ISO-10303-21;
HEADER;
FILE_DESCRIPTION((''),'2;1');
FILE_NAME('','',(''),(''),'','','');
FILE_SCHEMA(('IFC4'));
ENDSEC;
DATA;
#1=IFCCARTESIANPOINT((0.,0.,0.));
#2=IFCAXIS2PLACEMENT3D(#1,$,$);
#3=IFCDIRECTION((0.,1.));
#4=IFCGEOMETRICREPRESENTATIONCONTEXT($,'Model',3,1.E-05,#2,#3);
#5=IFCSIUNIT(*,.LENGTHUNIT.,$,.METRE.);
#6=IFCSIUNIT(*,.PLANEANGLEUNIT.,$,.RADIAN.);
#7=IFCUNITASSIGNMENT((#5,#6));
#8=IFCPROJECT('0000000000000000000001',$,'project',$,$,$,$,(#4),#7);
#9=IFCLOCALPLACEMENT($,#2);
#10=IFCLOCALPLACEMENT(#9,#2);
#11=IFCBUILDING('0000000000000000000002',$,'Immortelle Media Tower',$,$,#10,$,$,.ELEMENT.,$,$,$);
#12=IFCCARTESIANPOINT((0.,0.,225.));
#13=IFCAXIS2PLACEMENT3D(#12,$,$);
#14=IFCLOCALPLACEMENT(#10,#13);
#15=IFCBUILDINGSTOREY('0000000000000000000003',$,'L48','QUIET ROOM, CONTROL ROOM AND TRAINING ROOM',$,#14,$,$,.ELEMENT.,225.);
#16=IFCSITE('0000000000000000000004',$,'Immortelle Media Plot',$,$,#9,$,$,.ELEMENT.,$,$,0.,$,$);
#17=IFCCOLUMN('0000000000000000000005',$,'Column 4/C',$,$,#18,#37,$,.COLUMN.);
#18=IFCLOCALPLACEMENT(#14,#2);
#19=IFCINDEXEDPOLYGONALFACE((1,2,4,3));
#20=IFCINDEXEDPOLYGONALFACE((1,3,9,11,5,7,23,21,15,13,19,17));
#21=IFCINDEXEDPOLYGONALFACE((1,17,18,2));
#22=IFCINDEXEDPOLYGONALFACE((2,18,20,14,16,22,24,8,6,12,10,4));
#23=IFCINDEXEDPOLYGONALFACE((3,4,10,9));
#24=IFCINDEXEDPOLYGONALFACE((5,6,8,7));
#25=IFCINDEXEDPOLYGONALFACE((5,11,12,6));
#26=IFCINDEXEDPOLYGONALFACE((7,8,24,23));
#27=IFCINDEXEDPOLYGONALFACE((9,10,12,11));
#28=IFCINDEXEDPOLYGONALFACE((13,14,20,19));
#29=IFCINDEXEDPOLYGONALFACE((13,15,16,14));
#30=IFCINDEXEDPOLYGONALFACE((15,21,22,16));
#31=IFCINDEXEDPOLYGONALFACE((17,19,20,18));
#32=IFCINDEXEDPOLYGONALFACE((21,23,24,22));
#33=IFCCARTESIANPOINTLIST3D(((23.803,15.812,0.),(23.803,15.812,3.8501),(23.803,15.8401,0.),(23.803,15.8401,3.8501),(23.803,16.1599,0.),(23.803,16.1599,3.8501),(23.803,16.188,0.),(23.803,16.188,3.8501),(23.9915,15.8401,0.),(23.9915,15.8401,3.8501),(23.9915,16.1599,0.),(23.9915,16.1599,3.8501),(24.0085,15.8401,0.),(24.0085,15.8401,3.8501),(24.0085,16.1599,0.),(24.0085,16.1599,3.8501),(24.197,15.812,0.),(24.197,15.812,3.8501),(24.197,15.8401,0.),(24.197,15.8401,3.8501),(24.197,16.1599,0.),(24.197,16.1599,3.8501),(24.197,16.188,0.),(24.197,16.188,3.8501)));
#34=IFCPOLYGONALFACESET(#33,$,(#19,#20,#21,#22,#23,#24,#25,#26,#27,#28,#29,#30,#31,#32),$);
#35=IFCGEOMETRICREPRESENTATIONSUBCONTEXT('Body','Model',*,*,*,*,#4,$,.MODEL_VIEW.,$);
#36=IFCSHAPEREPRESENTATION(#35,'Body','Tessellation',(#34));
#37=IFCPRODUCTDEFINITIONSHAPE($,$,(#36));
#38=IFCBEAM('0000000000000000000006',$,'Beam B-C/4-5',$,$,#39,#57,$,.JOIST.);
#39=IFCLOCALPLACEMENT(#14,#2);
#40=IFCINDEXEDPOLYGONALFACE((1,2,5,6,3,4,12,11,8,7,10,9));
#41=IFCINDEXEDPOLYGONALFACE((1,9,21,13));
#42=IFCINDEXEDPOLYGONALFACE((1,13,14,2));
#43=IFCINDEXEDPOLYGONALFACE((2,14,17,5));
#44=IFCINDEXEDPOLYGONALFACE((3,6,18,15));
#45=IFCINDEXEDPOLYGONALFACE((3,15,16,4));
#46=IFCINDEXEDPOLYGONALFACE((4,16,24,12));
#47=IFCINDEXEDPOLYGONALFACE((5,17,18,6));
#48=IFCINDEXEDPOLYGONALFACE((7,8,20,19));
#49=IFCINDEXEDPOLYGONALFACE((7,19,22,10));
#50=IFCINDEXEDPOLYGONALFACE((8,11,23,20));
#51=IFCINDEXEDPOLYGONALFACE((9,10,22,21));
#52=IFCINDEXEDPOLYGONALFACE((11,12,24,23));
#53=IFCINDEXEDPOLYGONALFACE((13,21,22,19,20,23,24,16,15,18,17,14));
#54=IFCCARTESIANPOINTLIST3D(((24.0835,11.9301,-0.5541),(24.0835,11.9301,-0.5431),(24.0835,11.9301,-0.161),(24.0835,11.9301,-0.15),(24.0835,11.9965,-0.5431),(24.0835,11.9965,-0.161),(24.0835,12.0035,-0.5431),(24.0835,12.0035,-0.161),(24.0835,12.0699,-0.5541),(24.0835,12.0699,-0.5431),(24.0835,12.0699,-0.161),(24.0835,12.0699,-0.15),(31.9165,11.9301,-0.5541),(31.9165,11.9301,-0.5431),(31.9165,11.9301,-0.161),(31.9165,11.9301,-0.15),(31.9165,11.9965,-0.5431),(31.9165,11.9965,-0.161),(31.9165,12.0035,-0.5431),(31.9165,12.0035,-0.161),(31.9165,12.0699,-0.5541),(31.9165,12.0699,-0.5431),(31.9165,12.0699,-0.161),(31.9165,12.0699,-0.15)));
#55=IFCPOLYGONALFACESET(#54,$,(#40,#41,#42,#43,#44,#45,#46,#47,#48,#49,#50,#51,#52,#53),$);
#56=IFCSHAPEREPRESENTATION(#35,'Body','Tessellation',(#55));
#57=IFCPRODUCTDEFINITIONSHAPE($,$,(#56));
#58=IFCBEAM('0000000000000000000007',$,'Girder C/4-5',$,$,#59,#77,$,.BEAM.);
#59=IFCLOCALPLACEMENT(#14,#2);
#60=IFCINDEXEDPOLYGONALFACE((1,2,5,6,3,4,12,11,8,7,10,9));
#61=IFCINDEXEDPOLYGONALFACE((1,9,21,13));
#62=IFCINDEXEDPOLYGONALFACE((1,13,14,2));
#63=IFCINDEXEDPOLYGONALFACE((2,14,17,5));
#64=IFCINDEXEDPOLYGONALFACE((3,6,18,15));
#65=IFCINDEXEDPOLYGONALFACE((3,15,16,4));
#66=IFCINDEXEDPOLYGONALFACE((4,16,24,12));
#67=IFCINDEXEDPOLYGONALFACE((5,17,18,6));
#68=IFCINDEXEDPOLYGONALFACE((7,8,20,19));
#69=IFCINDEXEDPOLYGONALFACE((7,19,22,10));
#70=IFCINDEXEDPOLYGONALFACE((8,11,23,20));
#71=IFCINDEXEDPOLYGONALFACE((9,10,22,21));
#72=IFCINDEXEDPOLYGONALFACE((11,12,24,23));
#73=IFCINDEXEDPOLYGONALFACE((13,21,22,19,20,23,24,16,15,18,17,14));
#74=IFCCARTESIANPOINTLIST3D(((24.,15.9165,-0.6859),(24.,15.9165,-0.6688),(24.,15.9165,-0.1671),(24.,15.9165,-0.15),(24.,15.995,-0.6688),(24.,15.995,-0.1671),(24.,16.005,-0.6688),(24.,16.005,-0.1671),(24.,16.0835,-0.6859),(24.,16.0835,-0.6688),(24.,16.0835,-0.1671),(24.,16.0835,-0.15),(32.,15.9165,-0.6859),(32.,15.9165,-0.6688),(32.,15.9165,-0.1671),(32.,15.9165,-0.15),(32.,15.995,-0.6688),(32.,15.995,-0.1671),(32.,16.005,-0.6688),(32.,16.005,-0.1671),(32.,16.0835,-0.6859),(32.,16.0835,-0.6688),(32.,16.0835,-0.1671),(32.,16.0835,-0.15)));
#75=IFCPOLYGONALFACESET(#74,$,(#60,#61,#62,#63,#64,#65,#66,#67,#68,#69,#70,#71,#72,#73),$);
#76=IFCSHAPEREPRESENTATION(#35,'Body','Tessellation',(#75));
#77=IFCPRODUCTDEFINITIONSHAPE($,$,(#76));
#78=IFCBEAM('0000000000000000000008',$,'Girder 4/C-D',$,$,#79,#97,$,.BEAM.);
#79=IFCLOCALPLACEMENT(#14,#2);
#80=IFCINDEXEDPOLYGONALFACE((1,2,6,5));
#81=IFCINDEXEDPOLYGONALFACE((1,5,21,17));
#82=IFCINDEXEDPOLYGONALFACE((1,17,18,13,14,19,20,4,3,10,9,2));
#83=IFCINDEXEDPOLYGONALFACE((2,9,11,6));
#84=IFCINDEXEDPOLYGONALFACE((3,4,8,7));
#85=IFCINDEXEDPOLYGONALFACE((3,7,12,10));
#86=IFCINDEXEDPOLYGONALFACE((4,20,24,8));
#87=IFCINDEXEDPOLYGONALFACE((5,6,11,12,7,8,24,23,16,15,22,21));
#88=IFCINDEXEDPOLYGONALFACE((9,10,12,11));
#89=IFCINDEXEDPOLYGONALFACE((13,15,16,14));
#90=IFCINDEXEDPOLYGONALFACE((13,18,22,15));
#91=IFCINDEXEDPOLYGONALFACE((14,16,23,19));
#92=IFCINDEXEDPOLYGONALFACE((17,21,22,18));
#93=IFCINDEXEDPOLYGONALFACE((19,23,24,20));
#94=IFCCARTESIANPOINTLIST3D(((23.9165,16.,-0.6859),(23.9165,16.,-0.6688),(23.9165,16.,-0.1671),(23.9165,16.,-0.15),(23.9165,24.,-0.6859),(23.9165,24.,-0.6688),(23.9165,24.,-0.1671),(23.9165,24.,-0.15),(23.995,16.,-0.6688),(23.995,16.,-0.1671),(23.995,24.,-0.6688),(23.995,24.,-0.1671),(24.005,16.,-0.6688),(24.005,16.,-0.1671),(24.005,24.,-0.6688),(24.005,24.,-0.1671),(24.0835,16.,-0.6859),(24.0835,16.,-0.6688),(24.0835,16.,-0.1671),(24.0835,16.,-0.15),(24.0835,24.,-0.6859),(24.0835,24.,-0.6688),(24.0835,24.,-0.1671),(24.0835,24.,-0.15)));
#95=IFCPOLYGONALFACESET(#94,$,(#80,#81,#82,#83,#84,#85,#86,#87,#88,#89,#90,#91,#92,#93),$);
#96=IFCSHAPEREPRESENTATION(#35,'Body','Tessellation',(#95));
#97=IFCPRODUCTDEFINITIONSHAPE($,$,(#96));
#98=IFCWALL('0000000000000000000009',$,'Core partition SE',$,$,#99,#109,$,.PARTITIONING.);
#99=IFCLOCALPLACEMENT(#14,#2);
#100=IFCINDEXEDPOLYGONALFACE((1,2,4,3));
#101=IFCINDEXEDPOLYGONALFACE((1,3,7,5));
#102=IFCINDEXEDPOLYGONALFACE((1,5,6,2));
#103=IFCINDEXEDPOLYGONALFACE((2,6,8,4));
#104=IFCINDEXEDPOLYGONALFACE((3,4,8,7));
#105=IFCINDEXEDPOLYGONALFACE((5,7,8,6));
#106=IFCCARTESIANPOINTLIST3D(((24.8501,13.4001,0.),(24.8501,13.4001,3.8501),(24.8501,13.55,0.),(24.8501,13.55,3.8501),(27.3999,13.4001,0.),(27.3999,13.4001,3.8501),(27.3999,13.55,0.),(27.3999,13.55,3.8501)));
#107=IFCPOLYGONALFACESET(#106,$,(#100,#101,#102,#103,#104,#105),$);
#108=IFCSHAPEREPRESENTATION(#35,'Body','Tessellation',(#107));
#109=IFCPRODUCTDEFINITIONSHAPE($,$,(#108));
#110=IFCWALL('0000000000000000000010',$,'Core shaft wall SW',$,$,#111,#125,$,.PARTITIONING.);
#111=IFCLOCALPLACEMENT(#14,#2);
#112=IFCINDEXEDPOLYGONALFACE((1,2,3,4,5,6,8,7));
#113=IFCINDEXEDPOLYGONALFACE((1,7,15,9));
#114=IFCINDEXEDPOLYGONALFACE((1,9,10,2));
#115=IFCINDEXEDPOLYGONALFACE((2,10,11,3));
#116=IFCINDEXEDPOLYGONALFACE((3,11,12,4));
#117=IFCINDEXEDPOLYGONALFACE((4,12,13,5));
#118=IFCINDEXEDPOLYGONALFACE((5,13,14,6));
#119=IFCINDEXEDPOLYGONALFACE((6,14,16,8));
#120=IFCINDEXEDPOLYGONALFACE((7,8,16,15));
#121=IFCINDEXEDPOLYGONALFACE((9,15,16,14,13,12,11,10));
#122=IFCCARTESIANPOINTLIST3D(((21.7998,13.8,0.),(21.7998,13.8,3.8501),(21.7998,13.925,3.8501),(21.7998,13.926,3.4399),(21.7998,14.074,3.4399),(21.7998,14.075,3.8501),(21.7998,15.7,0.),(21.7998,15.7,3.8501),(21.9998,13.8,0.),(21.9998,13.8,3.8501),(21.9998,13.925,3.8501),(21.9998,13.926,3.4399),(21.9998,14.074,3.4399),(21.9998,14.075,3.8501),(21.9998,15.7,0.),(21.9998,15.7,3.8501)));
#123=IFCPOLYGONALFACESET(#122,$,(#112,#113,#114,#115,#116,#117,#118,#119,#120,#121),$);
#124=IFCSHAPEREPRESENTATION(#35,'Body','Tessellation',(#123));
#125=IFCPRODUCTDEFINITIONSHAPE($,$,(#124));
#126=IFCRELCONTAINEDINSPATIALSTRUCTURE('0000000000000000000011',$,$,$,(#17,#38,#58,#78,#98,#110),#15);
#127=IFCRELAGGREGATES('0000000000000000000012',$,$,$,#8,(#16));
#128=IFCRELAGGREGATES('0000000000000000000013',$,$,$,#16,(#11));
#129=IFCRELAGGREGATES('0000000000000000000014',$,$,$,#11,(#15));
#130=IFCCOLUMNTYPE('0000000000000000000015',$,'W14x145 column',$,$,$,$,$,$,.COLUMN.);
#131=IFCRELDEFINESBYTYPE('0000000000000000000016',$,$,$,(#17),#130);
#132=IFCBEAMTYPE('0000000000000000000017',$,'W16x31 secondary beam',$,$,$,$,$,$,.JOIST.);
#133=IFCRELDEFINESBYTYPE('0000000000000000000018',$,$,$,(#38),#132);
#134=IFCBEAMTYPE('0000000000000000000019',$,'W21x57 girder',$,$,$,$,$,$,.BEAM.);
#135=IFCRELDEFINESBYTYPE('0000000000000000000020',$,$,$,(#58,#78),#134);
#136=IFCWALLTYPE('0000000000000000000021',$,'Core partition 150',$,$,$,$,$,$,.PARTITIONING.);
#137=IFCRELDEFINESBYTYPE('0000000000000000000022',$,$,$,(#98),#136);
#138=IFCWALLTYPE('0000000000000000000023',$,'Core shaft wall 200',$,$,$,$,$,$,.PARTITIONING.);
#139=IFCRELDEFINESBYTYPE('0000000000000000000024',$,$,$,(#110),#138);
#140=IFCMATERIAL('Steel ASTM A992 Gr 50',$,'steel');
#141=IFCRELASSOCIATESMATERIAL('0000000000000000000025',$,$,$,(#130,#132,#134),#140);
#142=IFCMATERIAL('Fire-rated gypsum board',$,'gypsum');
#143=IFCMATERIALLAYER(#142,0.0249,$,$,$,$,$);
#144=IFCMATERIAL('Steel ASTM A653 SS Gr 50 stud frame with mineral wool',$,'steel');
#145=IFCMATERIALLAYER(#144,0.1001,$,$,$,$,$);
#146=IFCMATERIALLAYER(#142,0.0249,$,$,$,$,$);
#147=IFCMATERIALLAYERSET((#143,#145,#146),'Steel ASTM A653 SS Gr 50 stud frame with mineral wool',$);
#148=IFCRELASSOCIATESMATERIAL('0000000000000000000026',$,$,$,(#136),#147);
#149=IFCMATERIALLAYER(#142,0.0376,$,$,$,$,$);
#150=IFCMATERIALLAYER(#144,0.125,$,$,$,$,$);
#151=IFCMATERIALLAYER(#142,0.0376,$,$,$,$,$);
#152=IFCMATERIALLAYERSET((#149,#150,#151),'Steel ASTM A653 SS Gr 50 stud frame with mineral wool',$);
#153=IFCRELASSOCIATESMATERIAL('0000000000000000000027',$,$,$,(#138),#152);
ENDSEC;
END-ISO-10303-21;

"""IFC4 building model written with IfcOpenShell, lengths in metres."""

from ifc_helpers import new_model, si_unit, direction, frame, frame_2d, origin, origin_2d, place, context, subcontext, project, spatial, polyline, rectangle, i_section, outline, extrude, material, layer, layer_set, material_profile, profile_set, type_object, element, save


model = new_model("IFC4")

# Units and contexts
model_context = context("Model", 3, precision=1e-05, world=origin(), true_north=direction((0.0, 1.0)))
body_context = subcontext(model_context, "Body", "Model", "MODEL_VIEW")
ifc_project = project(units=[si_unit("LENGTHUNIT", "METRE"), si_unit("PLANEANGLEUNIT", "RADIAN")], contexts=[model_context])

# Site, building, storey
site_placement = place(None, origin())
site = spatial("IfcSite", under=ifc_project, at=site_placement, Name="Immortelle Media Plot", CompositionType="ELEMENT", RefElevation=0.0)
building_placement = place(site_placement, origin())
building = spatial("IfcBuilding", under=site, at=building_placement, Name="Immortelle Media Tower", CompositionType="ELEMENT")
storey_placement = place(building_placement, frame((0.0, 0.0, 225.0)))
storey = spatial("IfcBuildingStorey", under=building, at=storey_placement, Name="L48", Description="QUIET ROOM, CONTROL ROOM AND TRAINING ROOM", CompositionType="ELEMENT", Elevation=225.0)

# Column
ifc_material_1 = material(Name="Steel ASTM A992 Gr 50", Category="steel")
ifc_material_profile_1 = material_profile(ifc_material_1, i_section(OverallWidth=0.394, OverallDepth=0.376, WebThickness=0.0171, FlangeThickness=0.0281, at=origin_2d()), Name="W14x145")
ifc_profile_set_1 = profile_set([ifc_material_profile_1], Name="Steel ASTM A992 Gr 50")
column_type = type_object("IfcColumnType", Name="W14x145 column", PredefinedType="COLUMN", material=ifc_profile_set_1)
column_placement = place(storey_placement, frame((24.0, 16.0, 0.0), z_axis=(0.0, 0.0, 1.0), x_axis=(1.0, 0.0, 0.0)))
element("IfcColumn", 1, at=column_placement, inside=storey, type_object=column_type, Name="Column 4/C", PredefinedType="COLUMN", context=body_context, shape_type="SweptSolid", body=[
    extrude(i_section(OverallWidth=0.394, OverallDepth=0.376, WebThickness=0.0171, FlangeThickness=0.0281, at=origin_2d()), origin(), (0.0, 0.0, 1.0), 3.8501),
])

# Beams
ifc_material_profile_2 = material_profile(ifc_material_1, i_section(OverallWidth=0.1399, OverallDepth=0.4041, WebThickness=0.0071, FlangeThickness=0.011, at=origin_2d()), Name="W16x31")
ifc_profile_set_2 = profile_set([ifc_material_profile_2], Name="Steel ASTM A992 Gr 50")
beam_type_1 = type_object("IfcBeamType", Name="W16x31 secondary beam", PredefinedType="JOIST", material=ifc_profile_set_2)
beam_placement = place(storey_placement, frame((24.0835, 12.0, -0.3521), z_axis=(1.0, 0.0, 0.0), x_axis=(0.0, 1.0, 0.0)))
element("IfcBeam", 2, at=beam_placement, inside=storey, type_object=beam_type_1, Name="Beam B-C/4-5", PredefinedType="JOIST", context=body_context, shape_type="SweptSolid", body=[
    extrude(i_section(OverallWidth=0.1399, OverallDepth=0.4041, WebThickness=0.0071, FlangeThickness=0.011, at=origin_2d()), origin(), (0.0, 0.0, 1.0), 7.833),
])
ifc_material_profile_3 = material_profile(ifc_material_1, i_section(OverallWidth=0.167, OverallDepth=0.5359, WebThickness=0.01, FlangeThickness=0.0171, at=origin_2d()), Name="W21x57")
ifc_profile_set_3 = profile_set([ifc_material_profile_3], Name="Steel ASTM A992 Gr 50")
beam_type_2 = type_object("IfcBeamType", Name="W21x57 girder", PredefinedType="BEAM", material=ifc_profile_set_3)
for number, where, z_axis, x_axis, name in (
    (3, (24.0, 16.0, -0.418), (1.0, 0.0, 0.0), (0.0, 1.0, 0.0), "Girder C/4-5"),
    (4, (24.0, 16.0, -0.418), (0.0, 1.0, 0.0), (-1.0, 0.0, 0.0), "Girder 4/C-D"),
):
    element("IfcBeam", number, at=place(storey_placement, frame(where, z_axis=z_axis, x_axis=x_axis)), inside=storey, type_object=beam_type_2, Name=name, PredefinedType="BEAM", context=body_context, shape_type="SweptSolid", body=[
        extrude(i_section(OverallWidth=0.167, OverallDepth=0.5359, WebThickness=0.01, FlangeThickness=0.0171, at=origin_2d()), origin(), (0.0, 0.0, 1.0), 8.0),
    ])

# Walls
ifc_material_2 = material(Name="Fire-rated gypsum board", Category="gypsum")
ifc_layer_1 = layer(ifc_material_2, 0.0249)
ifc_material_3 = material(Name="Steel ASTM A653 SS Gr 50 stud frame with mineral wool", Category="steel")
ifc_layer_2 = layer(ifc_material_3, 0.1001)
ifc_layer_3 = layer(ifc_material_2, 0.0249)
ifc_layer_set_1 = layer_set([ifc_layer_1, ifc_layer_2, ifc_layer_3], Name="Steel ASTM A653 SS Gr 50 stud frame with mineral wool")
wall_type_1 = type_object("IfcWallType", Name="Core partition 150", PredefinedType="PARTITIONING", material=ifc_layer_set_1)
wall_1_placement = place(storey_placement, frame((24.8501, 13.4751, 0.0), z_axis=(0.0, 0.0, 1.0), x_axis=(1.0, 0.0, 0.0)))
element("IfcWall", 5, at=wall_1_placement, inside=storey, type_object=wall_type_1, Name="Core partition SE", PredefinedType="PARTITIONING", context=body_context, shape_type="SweptSolid", body=[
    extrude(rectangle(XDim=2.5498, YDim=0.1499, at=frame_2d((1.2749, 0.0))), origin(), (0.0, 0.0, 1.0), 3.8501),
])
ifc_layer_4 = layer(ifc_material_2, 0.0376)
ifc_layer_5 = layer(ifc_material_3, 0.125)
ifc_layer_6 = layer(ifc_material_2, 0.0376)
ifc_layer_set_2 = layer_set([ifc_layer_4, ifc_layer_5, ifc_layer_6], Name="Steel ASTM A653 SS Gr 50 stud frame with mineral wool")
wall_type_2 = type_object("IfcWallType", Name="Core shaft wall 200", PredefinedType="PARTITIONING", material=ifc_layer_set_2)
wall_2_placement = place(storey_placement, frame((21.8999, 13.8, 0.0), z_axis=(0.0, 0.0, 1.0), x_axis=(0.0, 1.0, 0.0)))
element("IfcWall", 6, at=wall_2_placement, inside=storey, type_object=wall_type_2, Name="Core shaft wall SW", PredefinedType="PARTITIONING", context=body_context, shape_type="SweptSolid", body=[
    extrude(outline(polyline([(0.0, 0.0), (1.8999, 0.0), (1.8999, 3.8501), (0.2749, 3.8501), (0.2739, 3.4399), (0.126, 3.4399), (0.125, 3.8501), (0.0, 3.8501), (0.0, 0.0)])), frame((0.0, 0.1001, 0.0), z_axis=(0.0, -1.0, 0.0), x_axis=(1.0, 0.0, 0.0)), (0.0, 0.0, 1.0), 0.2),
])

save(model, "model.ifc")
